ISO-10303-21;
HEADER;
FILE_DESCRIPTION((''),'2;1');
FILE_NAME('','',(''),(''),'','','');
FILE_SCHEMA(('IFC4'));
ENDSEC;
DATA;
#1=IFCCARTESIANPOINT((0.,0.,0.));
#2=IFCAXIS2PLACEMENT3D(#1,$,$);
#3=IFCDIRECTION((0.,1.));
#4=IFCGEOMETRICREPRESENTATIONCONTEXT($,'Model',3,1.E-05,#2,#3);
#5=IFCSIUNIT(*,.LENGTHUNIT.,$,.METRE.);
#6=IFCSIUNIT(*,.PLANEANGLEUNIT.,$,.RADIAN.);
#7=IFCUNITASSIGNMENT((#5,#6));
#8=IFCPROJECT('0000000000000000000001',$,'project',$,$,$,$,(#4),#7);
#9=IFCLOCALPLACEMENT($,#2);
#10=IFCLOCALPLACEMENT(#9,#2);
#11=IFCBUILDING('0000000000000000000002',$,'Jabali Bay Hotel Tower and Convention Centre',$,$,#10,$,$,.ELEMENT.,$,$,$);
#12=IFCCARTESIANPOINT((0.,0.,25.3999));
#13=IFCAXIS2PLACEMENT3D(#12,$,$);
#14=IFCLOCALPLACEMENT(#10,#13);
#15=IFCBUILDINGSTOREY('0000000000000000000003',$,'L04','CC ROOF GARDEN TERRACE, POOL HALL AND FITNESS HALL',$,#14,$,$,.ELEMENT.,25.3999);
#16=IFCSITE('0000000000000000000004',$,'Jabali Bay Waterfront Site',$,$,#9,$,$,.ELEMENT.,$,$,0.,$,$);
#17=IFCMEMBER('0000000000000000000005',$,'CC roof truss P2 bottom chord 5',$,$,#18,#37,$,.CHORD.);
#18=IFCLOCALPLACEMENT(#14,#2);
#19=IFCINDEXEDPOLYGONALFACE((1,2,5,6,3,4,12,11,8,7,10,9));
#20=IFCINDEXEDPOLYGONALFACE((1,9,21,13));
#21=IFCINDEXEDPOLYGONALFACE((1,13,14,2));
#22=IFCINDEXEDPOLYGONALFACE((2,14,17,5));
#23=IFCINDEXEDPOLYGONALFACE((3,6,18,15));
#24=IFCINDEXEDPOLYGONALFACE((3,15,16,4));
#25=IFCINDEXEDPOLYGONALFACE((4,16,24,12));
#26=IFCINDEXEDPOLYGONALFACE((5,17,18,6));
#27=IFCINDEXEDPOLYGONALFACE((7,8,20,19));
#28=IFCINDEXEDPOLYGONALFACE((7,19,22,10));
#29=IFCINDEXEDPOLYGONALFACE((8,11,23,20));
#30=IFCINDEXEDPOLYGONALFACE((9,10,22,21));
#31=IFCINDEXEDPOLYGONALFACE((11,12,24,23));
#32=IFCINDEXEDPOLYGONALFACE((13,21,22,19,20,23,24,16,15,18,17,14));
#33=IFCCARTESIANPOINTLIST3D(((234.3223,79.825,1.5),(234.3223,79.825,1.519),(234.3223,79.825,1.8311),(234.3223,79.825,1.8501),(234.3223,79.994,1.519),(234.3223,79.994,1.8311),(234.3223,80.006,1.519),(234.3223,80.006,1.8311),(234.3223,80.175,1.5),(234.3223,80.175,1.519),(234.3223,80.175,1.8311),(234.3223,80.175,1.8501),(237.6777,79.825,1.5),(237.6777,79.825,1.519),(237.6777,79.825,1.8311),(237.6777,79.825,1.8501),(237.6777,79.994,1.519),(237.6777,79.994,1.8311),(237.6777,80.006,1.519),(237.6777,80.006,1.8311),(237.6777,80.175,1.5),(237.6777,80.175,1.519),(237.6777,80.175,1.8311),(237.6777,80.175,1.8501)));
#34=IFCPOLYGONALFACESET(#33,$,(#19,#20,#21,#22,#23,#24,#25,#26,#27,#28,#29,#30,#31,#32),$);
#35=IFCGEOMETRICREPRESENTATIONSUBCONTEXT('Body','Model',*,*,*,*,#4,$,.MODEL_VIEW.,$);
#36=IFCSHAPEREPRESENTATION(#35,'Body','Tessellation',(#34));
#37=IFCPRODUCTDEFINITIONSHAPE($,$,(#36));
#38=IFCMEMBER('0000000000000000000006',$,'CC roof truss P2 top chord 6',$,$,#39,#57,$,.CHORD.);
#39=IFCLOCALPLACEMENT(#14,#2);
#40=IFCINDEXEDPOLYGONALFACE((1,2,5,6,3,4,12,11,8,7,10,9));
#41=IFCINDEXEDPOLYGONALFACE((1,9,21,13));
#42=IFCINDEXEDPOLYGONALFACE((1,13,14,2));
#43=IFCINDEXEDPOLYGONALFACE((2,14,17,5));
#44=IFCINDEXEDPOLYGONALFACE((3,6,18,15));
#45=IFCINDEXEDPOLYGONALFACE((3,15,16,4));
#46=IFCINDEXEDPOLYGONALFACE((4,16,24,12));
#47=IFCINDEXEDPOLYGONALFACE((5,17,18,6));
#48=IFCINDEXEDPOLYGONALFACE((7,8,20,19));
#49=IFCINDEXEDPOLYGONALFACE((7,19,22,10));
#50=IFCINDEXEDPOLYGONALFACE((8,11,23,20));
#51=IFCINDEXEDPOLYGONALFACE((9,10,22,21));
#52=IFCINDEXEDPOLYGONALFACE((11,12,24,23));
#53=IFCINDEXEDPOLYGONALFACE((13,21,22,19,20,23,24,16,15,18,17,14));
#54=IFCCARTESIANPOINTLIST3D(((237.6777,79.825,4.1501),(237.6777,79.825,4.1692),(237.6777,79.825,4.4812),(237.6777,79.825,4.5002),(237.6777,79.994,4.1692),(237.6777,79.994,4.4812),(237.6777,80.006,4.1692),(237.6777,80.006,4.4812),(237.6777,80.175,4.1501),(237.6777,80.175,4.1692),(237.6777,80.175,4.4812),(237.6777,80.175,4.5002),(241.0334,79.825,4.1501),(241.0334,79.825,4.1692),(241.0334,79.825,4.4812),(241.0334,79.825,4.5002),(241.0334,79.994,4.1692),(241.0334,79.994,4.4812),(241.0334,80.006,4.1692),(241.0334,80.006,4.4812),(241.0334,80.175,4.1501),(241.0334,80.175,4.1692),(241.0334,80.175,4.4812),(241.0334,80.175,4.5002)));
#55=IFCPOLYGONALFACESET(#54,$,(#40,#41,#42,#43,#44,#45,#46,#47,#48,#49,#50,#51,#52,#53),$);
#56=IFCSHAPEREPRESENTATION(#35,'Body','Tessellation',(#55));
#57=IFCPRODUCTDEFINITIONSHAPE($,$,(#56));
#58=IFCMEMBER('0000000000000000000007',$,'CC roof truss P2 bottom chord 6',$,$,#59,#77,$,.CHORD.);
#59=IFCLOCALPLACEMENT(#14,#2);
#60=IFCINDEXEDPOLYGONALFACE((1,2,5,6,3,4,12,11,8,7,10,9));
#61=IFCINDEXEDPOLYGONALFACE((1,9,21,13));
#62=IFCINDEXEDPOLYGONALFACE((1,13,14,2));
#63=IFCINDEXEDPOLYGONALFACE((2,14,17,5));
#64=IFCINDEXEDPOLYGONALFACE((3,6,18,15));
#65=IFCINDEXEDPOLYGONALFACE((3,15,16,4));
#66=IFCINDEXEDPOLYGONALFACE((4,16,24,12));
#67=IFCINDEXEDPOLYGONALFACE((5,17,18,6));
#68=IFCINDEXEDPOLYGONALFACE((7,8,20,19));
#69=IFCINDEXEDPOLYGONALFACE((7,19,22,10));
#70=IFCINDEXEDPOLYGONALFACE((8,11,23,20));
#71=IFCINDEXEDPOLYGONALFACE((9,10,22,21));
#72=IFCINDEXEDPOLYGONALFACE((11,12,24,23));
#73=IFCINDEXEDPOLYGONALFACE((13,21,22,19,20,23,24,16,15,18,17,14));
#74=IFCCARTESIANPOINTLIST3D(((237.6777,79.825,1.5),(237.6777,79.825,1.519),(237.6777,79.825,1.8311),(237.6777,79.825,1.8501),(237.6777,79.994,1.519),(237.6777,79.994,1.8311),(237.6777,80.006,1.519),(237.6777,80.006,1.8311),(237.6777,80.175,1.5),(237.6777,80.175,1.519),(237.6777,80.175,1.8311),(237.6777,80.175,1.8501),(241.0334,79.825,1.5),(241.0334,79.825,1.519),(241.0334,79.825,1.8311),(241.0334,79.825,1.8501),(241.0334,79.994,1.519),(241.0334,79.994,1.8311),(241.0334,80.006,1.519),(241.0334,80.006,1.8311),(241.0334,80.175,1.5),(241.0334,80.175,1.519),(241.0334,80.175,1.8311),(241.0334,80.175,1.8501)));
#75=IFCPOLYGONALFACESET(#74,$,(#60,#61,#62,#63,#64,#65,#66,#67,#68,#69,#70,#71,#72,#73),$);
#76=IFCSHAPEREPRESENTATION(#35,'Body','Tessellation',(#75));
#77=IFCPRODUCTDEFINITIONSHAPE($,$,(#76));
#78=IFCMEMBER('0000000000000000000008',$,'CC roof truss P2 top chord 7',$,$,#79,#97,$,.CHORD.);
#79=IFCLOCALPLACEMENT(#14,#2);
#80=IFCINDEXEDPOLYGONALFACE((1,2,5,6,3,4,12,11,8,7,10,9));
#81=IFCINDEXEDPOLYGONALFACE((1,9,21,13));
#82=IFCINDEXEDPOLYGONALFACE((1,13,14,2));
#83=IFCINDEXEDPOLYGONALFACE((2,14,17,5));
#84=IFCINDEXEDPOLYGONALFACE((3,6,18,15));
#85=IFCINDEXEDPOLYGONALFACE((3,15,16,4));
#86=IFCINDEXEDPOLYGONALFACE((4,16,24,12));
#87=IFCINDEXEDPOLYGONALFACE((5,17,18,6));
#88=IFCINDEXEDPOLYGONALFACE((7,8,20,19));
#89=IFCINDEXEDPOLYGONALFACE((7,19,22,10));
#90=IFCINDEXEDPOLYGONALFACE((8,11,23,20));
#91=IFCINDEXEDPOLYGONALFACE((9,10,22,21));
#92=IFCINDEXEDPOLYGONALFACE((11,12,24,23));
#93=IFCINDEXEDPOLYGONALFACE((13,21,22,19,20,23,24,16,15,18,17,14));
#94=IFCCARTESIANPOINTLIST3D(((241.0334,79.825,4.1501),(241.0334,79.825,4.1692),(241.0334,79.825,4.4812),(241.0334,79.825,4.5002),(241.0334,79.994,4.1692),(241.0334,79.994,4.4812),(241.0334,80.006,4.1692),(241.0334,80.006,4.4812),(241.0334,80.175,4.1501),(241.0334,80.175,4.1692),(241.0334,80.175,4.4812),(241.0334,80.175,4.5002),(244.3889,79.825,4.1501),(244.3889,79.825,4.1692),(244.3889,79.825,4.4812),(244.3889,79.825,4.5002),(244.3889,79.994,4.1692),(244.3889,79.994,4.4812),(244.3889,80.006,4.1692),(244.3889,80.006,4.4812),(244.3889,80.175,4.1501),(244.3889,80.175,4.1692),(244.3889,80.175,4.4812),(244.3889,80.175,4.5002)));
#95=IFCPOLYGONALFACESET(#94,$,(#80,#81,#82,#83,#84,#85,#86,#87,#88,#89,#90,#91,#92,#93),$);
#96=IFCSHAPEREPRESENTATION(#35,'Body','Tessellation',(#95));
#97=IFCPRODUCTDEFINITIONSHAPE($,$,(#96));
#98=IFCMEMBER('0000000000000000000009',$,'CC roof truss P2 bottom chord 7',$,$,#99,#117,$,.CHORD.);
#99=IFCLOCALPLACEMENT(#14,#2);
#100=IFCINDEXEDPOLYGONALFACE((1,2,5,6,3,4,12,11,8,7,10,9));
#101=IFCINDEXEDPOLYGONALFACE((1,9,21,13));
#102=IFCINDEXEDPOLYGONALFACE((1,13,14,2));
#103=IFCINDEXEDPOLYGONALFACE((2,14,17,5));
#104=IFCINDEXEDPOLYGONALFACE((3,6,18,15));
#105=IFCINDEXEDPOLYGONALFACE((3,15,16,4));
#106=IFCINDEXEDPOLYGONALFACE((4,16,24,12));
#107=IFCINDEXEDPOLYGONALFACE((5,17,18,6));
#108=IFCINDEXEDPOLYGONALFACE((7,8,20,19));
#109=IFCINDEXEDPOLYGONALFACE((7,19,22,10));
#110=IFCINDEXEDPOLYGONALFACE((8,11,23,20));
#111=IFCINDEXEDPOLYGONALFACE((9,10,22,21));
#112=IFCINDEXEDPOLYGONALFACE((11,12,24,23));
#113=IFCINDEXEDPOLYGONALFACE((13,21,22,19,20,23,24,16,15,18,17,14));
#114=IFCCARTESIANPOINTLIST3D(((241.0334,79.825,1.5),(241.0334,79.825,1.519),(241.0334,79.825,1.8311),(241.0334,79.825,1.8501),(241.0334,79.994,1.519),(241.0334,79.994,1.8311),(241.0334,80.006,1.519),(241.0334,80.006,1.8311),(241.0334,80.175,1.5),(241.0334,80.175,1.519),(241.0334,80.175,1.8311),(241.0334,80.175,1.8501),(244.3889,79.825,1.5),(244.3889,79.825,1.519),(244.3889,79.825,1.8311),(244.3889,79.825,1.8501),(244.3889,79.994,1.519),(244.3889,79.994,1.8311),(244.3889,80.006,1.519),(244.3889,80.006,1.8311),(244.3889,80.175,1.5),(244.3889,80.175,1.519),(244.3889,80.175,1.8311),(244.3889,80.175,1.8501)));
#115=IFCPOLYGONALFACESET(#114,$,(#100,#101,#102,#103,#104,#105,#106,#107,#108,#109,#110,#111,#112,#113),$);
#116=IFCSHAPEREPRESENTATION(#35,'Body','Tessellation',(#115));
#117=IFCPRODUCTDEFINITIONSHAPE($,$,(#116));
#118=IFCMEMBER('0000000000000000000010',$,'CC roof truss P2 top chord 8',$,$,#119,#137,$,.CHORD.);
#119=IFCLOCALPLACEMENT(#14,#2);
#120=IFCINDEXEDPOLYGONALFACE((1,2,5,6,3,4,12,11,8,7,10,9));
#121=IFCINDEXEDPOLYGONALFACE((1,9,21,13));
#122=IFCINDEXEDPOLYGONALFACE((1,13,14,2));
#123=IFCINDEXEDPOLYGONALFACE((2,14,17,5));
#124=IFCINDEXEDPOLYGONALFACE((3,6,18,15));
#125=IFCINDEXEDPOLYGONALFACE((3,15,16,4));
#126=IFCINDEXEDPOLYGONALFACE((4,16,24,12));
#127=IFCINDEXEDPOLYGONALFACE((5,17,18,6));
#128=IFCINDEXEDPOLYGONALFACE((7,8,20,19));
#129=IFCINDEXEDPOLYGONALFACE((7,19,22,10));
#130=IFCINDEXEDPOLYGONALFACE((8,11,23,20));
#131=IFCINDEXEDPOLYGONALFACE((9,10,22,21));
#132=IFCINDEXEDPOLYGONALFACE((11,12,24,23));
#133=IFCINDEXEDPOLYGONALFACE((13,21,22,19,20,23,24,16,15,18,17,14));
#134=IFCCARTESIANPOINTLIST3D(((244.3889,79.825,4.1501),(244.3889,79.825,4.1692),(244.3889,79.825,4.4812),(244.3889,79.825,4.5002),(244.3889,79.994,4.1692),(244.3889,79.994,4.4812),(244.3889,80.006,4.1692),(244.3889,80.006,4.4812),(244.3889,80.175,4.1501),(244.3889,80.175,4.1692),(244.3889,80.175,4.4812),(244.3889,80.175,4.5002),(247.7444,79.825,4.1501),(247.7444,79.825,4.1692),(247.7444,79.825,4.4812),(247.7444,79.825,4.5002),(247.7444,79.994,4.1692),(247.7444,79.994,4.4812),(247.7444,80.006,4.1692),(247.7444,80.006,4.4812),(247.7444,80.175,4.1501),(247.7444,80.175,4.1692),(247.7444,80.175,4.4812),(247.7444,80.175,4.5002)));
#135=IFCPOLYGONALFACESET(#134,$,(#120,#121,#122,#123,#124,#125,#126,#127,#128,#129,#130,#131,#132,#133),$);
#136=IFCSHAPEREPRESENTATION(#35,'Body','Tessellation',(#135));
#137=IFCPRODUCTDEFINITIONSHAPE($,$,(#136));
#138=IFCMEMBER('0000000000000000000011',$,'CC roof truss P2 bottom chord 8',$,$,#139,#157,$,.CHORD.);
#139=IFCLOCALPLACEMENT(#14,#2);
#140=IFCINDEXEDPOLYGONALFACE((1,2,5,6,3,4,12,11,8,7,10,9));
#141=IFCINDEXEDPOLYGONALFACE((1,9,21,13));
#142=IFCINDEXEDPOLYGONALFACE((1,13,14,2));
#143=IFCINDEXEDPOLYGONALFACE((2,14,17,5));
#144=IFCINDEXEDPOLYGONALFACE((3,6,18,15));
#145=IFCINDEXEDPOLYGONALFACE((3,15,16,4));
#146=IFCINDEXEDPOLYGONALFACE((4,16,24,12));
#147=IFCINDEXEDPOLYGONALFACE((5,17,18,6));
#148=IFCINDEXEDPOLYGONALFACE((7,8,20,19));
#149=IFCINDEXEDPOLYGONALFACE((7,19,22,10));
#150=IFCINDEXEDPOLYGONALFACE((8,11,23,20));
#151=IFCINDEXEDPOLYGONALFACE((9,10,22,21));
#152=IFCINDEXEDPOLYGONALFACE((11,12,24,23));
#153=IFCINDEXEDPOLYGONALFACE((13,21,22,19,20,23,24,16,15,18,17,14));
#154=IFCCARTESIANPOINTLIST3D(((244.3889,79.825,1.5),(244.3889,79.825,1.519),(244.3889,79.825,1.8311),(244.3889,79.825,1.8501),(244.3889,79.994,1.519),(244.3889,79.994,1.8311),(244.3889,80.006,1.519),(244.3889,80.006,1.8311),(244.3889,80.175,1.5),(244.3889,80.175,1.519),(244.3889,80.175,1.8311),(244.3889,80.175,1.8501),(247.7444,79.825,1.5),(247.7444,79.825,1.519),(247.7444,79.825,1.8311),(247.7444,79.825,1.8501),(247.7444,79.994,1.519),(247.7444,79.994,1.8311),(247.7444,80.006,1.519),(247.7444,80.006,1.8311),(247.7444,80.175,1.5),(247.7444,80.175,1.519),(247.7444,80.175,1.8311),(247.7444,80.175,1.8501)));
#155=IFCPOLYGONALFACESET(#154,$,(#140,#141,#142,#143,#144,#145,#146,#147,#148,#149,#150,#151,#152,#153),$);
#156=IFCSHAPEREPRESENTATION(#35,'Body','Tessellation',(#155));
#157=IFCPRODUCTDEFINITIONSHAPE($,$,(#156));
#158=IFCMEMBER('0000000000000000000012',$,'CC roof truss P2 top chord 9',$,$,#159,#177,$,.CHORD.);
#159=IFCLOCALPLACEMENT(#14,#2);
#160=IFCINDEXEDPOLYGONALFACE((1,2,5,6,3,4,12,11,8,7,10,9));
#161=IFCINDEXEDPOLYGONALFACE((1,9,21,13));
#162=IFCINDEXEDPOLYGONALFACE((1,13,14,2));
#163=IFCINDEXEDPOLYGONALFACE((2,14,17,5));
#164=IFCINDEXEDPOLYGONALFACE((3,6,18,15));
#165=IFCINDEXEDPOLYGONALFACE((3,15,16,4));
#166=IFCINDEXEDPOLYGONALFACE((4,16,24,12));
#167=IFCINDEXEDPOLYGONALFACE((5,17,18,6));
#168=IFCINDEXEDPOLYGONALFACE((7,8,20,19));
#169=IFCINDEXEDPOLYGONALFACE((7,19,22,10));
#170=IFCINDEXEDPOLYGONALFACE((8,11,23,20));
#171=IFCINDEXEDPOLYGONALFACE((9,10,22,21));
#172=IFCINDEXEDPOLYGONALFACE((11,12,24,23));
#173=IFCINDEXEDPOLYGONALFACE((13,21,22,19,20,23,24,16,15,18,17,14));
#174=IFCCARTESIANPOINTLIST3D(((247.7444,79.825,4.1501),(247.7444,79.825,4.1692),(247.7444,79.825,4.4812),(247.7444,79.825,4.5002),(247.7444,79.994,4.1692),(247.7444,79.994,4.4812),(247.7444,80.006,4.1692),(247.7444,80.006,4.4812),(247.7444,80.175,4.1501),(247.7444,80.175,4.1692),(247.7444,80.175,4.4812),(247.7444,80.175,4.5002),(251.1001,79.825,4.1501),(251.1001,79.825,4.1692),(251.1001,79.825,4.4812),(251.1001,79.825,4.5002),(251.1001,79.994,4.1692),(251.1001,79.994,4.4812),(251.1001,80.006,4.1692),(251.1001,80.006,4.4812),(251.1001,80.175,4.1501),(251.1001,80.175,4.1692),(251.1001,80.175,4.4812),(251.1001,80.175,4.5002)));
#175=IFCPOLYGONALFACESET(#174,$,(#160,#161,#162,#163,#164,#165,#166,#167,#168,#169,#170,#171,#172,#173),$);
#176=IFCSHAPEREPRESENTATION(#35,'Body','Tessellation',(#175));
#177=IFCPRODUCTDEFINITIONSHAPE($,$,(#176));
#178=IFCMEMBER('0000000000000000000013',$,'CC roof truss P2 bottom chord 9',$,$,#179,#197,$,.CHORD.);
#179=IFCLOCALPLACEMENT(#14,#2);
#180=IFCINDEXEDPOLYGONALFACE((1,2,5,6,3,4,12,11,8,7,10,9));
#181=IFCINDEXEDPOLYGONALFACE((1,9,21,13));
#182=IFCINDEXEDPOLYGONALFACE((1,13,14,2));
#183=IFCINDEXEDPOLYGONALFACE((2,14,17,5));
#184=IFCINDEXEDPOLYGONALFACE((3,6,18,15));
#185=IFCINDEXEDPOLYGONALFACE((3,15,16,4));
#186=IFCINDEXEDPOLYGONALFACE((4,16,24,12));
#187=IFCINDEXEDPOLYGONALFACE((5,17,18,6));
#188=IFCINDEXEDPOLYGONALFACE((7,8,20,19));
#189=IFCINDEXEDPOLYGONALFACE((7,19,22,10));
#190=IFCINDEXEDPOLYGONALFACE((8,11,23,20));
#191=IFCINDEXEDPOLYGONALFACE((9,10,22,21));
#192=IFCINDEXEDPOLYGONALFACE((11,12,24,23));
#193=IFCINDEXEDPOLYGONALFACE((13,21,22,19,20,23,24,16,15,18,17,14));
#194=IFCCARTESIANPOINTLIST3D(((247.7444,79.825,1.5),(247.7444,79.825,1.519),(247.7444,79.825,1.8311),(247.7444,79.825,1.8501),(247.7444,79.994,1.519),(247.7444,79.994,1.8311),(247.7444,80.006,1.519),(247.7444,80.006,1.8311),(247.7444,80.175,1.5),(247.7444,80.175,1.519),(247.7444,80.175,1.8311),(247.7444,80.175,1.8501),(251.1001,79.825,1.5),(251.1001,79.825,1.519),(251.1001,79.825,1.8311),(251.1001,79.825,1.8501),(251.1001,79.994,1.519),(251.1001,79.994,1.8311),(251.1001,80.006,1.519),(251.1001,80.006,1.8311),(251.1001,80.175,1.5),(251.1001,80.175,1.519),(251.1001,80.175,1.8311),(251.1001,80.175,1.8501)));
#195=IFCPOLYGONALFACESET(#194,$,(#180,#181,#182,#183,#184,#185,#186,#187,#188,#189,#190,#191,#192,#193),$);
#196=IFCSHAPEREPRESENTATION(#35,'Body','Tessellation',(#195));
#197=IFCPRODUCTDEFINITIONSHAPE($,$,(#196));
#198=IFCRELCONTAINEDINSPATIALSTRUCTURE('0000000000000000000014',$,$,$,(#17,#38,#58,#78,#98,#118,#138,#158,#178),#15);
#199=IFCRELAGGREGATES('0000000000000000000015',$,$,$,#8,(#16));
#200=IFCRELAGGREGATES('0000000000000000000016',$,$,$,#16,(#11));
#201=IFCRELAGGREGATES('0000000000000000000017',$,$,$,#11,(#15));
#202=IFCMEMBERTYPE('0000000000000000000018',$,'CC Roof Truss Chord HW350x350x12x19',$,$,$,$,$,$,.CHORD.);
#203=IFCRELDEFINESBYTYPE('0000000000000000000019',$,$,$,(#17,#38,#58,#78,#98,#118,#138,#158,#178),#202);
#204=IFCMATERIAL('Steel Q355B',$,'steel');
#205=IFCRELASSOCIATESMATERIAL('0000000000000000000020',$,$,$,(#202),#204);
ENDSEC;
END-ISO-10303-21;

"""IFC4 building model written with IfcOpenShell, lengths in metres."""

from ifc_helpers import new_model, si_unit, direction, frame, origin, origin_2d, place, context, subcontext, project, spatial, i_section, extrude, material, material_profile, profile_set, type_object, element, save


model = new_model("IFC4")

# Units and contexts
model_context = context("Model", 3, precision=1e-05, world=origin(), true_north=direction((0.0, 1.0)))
body_context = subcontext(model_context, "Body", "Model", "MODEL_VIEW")
ifc_project = project(units=[si_unit("LENGTHUNIT", "METRE"), si_unit("PLANEANGLEUNIT", "RADIAN")], contexts=[model_context])

# Site, building, storey
site_placement = place(None, origin())
site = spatial("IfcSite", under=ifc_project, at=site_placement, Name="Jabali Bay Waterfront Site", CompositionType="ELEMENT", RefElevation=0.0)
building_placement = place(site_placement, origin())
building = spatial("IfcBuilding", under=site, at=building_placement, Name="Jabali Bay Hotel Tower and Convention Centre", CompositionType="ELEMENT")
storey_placement = place(building_placement, frame((0.0, 0.0, 25.3999)))
storey = spatial("IfcBuildingStorey", under=building, at=storey_placement, Name="L04", Description="CC ROOF GARDEN TERRACE, POOL HALL AND FITNESS HALL", CompositionType="ELEMENT", Elevation=25.3999)

# Members
ifc_material_1 = material(Name="Steel Q355B", Category="steel")
ifc_material_profile_1 = material_profile(ifc_material_1, i_section(OverallWidth=0.3501, OverallDepth=0.3501, WebThickness=0.012, FlangeThickness=0.019, at=origin_2d()), Name="HW350x350x12x19")
ifc_profile_set_1 = profile_set([ifc_material_profile_1], Name="Steel Q355B")
member_type_1 = type_object("IfcMemberType", Name="CC Roof Truss Chord HW350x350x12x19", PredefinedType="CHORD", material=ifc_profile_set_1)
member_1_placement = place(storey_placement, frame((234.3223, 80.0, 1.675), z_axis=(1.0, 0.0, 0.0), x_axis=(0.0, 1.0, 0.0)))
element("IfcMember", 1, at=member_1_placement, inside=storey, type_object=member_type_1, Name="CC roof truss P2 bottom chord 5", PredefinedType="CHORD", context=body_context, shape_type="SweptSolid", body=[
    extrude(i_section(OverallWidth=0.3501, OverallDepth=0.3501, WebThickness=0.012, FlangeThickness=0.019, at=origin_2d()), origin(), (0.0, 0.0, 1.0), 3.3555),
])
for number, where, z_axis, x_axis, name in (
    (2, (237.6777, 80.0, 4.3252), (1.0, 0.0, 0.0), (0.0, 1.0, 0.0), "CC roof truss P2 top chord 6"),
    (3, (237.6777, 80.0, 1.675), (1.0, 0.0, 0.0), (0.0, 1.0, 0.0), "CC roof truss P2 bottom chord 6"),
):
    element("IfcMember", number, at=place(storey_placement, frame(where, z_axis=z_axis, x_axis=x_axis)), inside=storey, type_object=member_type_1, Name=name, PredefinedType="CHORD", context=body_context, shape_type="SweptSolid", body=[
        extrude(i_section(OverallWidth=0.3501, OverallDepth=0.3501, WebThickness=0.012, FlangeThickness=0.019, at=origin_2d()), origin(), (0.0, 0.0, 1.0), 3.3557),
    ])
for number, where, z_axis, x_axis, name in (
    (4, (241.0334, 80.0, 4.3252), (1.0, 0.0, 0.0), (0.0, 1.0, 0.0), "CC roof truss P2 top chord 7"),
    (5, (241.0334, 80.0, 1.675), (1.0, 0.0, 0.0), (0.0, 1.0, 0.0), "CC roof truss P2 bottom chord 7"),
    (6, (244.3889, 80.0, 4.3252), (1.0, 0.0, 0.0), (0.0, 1.0, 0.0), "CC roof truss P2 top chord 8"),
    (7, (244.3889, 80.0, 1.675), (1.0, 0.0, 0.0), (0.0, 1.0, 0.0), "CC roof truss P2 bottom chord 8"),
):
    element("IfcMember", number, at=place(storey_placement, frame(where, z_axis=z_axis, x_axis=x_axis)), inside=storey, type_object=member_type_1, Name=name, PredefinedType="CHORD", context=body_context, shape_type="SweptSolid", body=[
        extrude(i_section(OverallWidth=0.3501, OverallDepth=0.3501, WebThickness=0.012, FlangeThickness=0.019, at=origin_2d()), origin(), (0.0, 0.0, 1.0), 3.3555),
    ])
for number, where, z_axis, x_axis, name in (
    (8, (247.7444, 80.0, 4.3252), (1.0, 0.0, 0.0), (0.0, 1.0, 0.0), "CC roof truss P2 top chord 9"),
    (9, (247.7444, 80.0, 1.675), (1.0, 0.0, 0.0), (0.0, 1.0, 0.0), "CC roof truss P2 bottom chord 9"),
):
    element("IfcMember", number, at=place(storey_placement, frame(where, z_axis=z_axis, x_axis=x_axis)), inside=storey, type_object=member_type_1, Name=name, PredefinedType="CHORD", context=body_context, shape_type="SweptSolid", body=[
        extrude(i_section(OverallWidth=0.3501, OverallDepth=0.3501, WebThickness=0.012, FlangeThickness=0.019, at=origin_2d()), origin(), (0.0, 0.0, 1.0), 3.3557),
    ])

save(model, "model.ifc")
